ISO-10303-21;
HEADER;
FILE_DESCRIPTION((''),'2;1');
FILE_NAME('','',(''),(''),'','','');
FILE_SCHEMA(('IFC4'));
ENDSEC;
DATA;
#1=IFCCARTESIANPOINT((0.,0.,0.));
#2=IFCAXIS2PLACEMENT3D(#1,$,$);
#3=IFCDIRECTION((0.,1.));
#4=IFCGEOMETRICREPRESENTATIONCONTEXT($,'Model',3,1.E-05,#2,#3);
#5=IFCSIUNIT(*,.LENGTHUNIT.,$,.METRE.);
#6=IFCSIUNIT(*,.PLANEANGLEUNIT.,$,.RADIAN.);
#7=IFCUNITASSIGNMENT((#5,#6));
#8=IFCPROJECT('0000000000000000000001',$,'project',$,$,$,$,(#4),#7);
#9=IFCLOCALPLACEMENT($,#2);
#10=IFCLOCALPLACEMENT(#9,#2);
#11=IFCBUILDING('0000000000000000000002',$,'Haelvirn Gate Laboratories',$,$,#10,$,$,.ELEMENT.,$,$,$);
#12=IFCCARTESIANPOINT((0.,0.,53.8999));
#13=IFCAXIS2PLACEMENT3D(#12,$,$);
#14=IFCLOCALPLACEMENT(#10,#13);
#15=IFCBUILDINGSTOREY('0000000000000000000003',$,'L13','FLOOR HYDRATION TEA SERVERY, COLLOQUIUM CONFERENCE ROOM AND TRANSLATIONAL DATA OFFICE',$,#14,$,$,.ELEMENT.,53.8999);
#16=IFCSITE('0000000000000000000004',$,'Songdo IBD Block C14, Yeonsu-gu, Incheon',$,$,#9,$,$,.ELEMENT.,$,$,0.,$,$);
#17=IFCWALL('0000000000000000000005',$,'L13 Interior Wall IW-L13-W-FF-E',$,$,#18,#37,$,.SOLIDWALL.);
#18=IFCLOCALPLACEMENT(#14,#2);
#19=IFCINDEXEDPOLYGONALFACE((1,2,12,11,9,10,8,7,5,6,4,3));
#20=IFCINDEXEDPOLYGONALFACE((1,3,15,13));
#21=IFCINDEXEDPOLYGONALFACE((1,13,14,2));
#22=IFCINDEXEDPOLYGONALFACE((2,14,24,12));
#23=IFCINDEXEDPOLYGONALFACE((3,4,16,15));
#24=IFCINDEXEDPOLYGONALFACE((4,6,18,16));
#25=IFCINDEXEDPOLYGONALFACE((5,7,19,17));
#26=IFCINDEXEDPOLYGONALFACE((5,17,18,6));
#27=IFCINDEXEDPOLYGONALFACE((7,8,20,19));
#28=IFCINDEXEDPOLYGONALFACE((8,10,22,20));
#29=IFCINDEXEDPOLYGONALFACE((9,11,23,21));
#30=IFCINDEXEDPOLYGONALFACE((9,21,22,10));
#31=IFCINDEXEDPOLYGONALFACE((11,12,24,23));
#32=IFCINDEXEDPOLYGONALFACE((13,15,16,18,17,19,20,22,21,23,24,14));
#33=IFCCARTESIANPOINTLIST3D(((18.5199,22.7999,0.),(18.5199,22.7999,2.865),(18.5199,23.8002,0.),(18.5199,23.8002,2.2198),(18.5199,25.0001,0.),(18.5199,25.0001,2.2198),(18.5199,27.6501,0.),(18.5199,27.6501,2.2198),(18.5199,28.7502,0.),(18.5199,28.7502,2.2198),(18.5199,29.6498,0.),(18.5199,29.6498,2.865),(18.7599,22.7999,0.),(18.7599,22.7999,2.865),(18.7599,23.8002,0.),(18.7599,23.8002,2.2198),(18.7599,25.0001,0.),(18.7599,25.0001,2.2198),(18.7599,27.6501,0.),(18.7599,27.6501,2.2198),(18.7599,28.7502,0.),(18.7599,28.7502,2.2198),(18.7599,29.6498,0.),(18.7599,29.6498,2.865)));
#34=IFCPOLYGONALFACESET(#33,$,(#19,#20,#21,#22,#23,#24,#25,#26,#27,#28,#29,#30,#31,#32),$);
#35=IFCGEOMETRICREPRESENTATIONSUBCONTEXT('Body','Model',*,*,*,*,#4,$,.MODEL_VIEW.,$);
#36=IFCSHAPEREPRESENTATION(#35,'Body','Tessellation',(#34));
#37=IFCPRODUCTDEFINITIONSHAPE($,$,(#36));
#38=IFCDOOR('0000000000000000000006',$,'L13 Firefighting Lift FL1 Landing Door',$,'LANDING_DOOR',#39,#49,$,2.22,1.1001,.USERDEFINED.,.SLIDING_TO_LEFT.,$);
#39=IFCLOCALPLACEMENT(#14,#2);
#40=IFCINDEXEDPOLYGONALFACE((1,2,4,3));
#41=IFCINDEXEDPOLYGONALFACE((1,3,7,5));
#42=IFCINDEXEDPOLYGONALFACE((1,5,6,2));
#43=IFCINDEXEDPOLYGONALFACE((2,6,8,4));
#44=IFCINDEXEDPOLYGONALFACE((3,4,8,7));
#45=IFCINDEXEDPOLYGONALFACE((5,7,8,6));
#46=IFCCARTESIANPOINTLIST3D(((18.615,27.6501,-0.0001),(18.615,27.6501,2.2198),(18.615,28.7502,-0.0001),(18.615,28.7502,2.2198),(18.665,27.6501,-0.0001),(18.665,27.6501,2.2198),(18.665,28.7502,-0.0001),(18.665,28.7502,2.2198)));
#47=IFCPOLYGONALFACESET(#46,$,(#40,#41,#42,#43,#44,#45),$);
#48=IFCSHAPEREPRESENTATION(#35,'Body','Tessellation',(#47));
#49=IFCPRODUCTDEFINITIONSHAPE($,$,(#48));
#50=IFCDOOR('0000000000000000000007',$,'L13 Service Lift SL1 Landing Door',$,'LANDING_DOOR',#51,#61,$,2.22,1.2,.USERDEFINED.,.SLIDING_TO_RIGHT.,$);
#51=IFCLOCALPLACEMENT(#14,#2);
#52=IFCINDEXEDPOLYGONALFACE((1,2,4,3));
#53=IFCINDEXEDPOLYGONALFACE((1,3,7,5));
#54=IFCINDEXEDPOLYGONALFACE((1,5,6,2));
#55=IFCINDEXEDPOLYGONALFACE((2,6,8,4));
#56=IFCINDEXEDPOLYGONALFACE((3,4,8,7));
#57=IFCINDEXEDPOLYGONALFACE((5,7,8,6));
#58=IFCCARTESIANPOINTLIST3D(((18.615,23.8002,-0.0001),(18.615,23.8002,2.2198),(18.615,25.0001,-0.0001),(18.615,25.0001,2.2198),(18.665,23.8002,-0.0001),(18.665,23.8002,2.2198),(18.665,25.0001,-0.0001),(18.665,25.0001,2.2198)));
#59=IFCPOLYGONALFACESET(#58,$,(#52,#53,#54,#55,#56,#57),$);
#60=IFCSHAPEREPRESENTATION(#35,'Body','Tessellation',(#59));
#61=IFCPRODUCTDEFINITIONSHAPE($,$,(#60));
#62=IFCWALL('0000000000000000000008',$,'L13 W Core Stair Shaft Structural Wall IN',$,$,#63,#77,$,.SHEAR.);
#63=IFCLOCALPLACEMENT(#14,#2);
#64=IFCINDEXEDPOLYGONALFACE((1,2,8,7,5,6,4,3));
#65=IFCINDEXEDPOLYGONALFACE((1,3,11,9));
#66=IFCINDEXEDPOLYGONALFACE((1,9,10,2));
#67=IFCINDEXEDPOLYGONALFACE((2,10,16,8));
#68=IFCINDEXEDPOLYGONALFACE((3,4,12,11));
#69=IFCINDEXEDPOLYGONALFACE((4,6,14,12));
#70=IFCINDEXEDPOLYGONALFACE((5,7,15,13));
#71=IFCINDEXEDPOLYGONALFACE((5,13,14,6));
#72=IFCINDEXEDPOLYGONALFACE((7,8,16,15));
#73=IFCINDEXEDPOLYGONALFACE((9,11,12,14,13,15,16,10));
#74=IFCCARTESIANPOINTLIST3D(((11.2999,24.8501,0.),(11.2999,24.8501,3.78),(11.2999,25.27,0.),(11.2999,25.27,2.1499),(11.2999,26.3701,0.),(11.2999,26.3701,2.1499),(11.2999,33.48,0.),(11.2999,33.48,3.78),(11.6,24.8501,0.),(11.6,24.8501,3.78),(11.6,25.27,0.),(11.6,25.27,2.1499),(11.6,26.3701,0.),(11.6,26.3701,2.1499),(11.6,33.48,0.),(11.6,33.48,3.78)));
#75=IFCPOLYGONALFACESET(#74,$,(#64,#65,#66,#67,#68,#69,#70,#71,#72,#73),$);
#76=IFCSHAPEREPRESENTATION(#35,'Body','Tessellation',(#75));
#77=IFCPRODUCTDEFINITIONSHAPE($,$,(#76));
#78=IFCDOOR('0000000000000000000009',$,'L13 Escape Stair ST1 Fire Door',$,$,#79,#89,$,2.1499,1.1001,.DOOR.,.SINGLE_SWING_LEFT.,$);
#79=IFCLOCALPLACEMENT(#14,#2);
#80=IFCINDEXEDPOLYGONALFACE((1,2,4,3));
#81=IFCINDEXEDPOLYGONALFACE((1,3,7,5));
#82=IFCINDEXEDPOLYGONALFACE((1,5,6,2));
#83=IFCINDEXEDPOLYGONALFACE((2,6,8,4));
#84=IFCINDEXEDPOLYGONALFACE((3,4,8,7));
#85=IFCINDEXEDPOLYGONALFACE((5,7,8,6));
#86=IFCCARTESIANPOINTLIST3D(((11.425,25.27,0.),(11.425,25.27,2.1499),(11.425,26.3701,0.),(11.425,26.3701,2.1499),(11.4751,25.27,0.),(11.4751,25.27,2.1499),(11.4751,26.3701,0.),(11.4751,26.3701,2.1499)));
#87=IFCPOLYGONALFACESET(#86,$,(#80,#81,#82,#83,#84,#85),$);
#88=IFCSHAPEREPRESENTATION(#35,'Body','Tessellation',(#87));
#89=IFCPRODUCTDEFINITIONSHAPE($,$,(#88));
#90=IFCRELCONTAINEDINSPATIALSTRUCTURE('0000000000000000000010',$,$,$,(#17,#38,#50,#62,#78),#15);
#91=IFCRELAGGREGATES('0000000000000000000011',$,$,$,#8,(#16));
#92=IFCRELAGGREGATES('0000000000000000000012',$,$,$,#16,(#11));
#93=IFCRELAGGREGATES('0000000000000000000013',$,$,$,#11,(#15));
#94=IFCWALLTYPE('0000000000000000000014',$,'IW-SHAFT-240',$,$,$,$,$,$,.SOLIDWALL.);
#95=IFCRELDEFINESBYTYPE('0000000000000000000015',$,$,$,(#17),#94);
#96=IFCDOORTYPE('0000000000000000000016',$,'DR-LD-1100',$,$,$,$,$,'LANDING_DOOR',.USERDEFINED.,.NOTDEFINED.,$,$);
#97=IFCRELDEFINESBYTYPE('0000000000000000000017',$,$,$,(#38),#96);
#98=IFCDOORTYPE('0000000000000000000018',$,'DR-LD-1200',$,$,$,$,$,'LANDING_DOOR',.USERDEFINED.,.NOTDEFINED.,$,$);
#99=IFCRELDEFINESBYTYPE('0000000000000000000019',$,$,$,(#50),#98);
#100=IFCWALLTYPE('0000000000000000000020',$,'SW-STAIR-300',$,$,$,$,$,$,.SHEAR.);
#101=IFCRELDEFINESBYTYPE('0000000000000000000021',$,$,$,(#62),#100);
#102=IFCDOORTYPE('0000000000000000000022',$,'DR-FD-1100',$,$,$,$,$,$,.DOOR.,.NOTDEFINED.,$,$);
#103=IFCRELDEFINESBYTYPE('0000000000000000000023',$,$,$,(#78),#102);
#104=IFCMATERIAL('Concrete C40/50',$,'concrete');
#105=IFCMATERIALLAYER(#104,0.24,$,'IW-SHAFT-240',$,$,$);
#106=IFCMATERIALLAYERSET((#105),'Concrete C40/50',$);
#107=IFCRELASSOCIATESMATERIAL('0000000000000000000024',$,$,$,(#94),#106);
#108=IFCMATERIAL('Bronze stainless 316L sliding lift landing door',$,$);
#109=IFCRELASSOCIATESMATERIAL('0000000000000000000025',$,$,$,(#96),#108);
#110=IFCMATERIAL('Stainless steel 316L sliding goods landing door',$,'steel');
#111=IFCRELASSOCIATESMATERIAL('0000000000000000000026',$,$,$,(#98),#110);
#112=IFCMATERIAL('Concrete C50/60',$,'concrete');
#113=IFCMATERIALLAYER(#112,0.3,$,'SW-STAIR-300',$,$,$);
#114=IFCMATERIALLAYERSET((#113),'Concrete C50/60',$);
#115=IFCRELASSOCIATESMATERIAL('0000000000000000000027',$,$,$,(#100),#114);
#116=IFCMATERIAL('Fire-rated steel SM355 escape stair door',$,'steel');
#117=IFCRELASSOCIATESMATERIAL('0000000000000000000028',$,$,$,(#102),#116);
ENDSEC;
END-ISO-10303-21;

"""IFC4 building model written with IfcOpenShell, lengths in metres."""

from ifc_helpers import new_model, si_unit, direction, frame, frame_2d, origin, place, context, subcontext, project, spatial, rectangle, extrude, source, transform, mapped, material, layer, layer_set, type_object, type_shapes, element, fill, save


model = new_model("IFC4")

# Units and contexts
model_context = context("Model", 3, precision=1e-05, world=origin(), true_north=direction((0.0, 1.0)))
body_context = subcontext(model_context, "Body", "Model", "MODEL_VIEW")
ifc_project = project(units=[si_unit("LENGTHUNIT", "METRE"), si_unit("PLANEANGLEUNIT", "RADIAN")], contexts=[model_context])

# Site, building, storey
site_placement = place(None, origin())
site = spatial("IfcSite", under=ifc_project, at=site_placement, Name="Songdo IBD Block C14, Yeonsu-gu, Incheon", CompositionType="ELEMENT", RefElevation=0.0)
building_placement = place(site_placement, origin())
building = spatial("IfcBuilding", under=site, at=building_placement, Name="Haelvirn Gate Laboratories", CompositionType="ELEMENT")
storey_placement = place(building_placement, frame((0.0, 0.0, 53.8999)))
storey = spatial("IfcBuildingStorey", under=building, at=storey_placement, Name="L13", Description="FLOOR HYDRATION TEA SERVERY, COLLOQUIUM CONFERENCE ROOM AND TRANSLATIONAL DATA OFFICE", CompositionType="ELEMENT", Elevation=53.8999)

# Shared definitions
ifc_material_1 = material(Name="Concrete C40/50", Category="concrete")

# Shared definitions
ifc_layer_1 = layer(ifc_material_1, 0.24, Name="IW-SHAFT-240")
ifc_layer_set_1 = layer_set([ifc_layer_1], Name="Concrete C40/50")
wall_type_1 = type_object("IfcWallType", Name="IW-SHAFT-240", PredefinedType="SOLIDWALL", material=ifc_layer_set_1)

# Wall, openings, doors
wall_1_placement = place(storey_placement, frame((18.6399, 22.8, 0.0), z_axis=(0.0, 0.0, 1.0), x_axis=(0.0, 1.0, 0.0)))
wall_1 = element("IfcWall", 1, at=wall_1_placement, inside=storey, type_object=wall_type_1, Name="L13 Interior Wall IW-L13-W-FF-E", PredefinedType="SOLIDWALL", context=body_context, shape_type="SweptSolid", body=[
    extrude(rectangle(XDim=6.8499, YDim=0.24, at=frame_2d((3.4248, 0.0))), origin(), (0.0, 0.0, 1.0), 2.865),
])
opening_1_placement = place(wall_1_placement, frame((4.8501, 0.0, 0.0)))
opening_1 = element("IfcOpeningElement", 2, at=opening_1_placement, cuts=wall_1, PredefinedType="OPENING", context=body_context, shape_type="SweptSolid", body=[
    extrude(rectangle(XDim=1.1001, YDim=2.22, at=frame_2d((0.55, 1.1099))), frame((0.0, 0.1299, 0.0), z_axis=(0.0, -1.0, 0.0), x_axis=(1.0, 0.0, 0.0)), (0.0, 0.0, 1.0), 0.26),
])
opening_2_placement = place(wall_1_placement, frame((1.0, 0.0, 0.0)))
opening_2 = element("IfcOpeningElement", 3, at=opening_2_placement, cuts=wall_1, PredefinedType="OPENING", context=body_context, shape_type="SweptSolid", body=[
    extrude(rectangle(XDim=1.2, YDim=2.22, at=frame_2d((0.6001, 1.1099))), frame((0.0, 0.1299, 0.0), z_axis=(0.0, -1.0, 0.0), x_axis=(1.0, 0.0, 0.0)), (0.0, 0.0, 1.0), 0.26),
])
ifc_material_2 = material(Name="Bronze stainless 316L sliding lift landing door")
door_type_1 = type_object("IfcDoorType", Name="DR-LD-1100", ElementType="LANDING_DOOR", OperationType="NOTDEFINED", PredefinedType="USERDEFINED", material=ifc_material_2)
shared_shape_1 = source(origin(), body_context, "Body", "SweptSolid", [
    extrude(rectangle(XDim=1.1001, YDim=2.22, at=frame_2d((0.55, 1.1099))), frame((0.0, 0.0249, 0.0), z_axis=(0.0, -1.0, 0.0), x_axis=(1.0, 0.0, 0.0)), (0.0, 0.0, 1.0), 0.05),
])
type_shapes(door_type_1, [shared_shape_1])
door_1_placement = place(opening_1_placement, origin())
door_1 = element("IfcDoor", 4, at=door_1_placement, inside=storey, type_object=door_type_1, Name="L13 Firefighting Lift FL1 Landing Door", ObjectType="LANDING_DOOR", OperationType="SLIDING_TO_LEFT", OverallHeight=2.22, OverallWidth=1.1001, PredefinedType="USERDEFINED", context=body_context, shape_type="MappedRepresentation", body=[
    mapped(shared_shape_1, transform((0.0, 0.0, 0.0), scale=1.0)),
])
fill(opening_1, door_1)
ifc_material_3 = material(Name="Stainless steel 316L sliding goods landing door", Category="steel")
door_type_2 = type_object("IfcDoorType", Name="DR-LD-1200", ElementType="LANDING_DOOR", OperationType="NOTDEFINED", PredefinedType="USERDEFINED", material=ifc_material_3)
shared_shape_2 = source(origin(), body_context, "Body", "SweptSolid", [
    extrude(rectangle(XDim=1.2, YDim=2.22, at=frame_2d((0.6001, 1.1099))), frame((0.0, 0.0249, 0.0), z_axis=(0.0, -1.0, 0.0), x_axis=(1.0, 0.0, 0.0)), (0.0, 0.0, 1.0), 0.05),
])
type_shapes(door_type_2, [shared_shape_2])
door_2_placement = place(opening_2_placement, origin())
door_2 = element("IfcDoor", 5, at=door_2_placement, inside=storey, type_object=door_type_2, Name="L13 Service Lift SL1 Landing Door", ObjectType="LANDING_DOOR", OperationType="SLIDING_TO_RIGHT", OverallHeight=2.22, OverallWidth=1.2, PredefinedType="USERDEFINED", context=body_context, shape_type="MappedRepresentation", body=[
    mapped(shared_shape_2, transform((0.0, 0.0, 0.0), scale=1.0)),
])
fill(opening_2, door_2)

# Wall, opening, door
ifc_material_4 = material(Name="Concrete C50/60", Category="concrete")
ifc_layer_2 = layer(ifc_material_4, 0.3, Name="SW-STAIR-300")
ifc_layer_set_2 = layer_set([ifc_layer_2], Name="Concrete C50/60")
wall_type_2 = type_object("IfcWallType", Name="SW-STAIR-300", PredefinedType="SHEAR", material=ifc_layer_set_2)
wall_2_placement = place(storey_placement, frame((11.45, 24.8501, 0.0), z_axis=(0.0, 0.0, 1.0), x_axis=(0.0, 1.0, 0.0)))
wall_2 = element("IfcWall", 6, at=wall_2_placement, inside=storey, type_object=wall_type_2, Name="L13 W Core Stair Shaft Structural Wall IN", PredefinedType="SHEAR", context=body_context, shape_type="SweptSolid", body=[
    extrude(rectangle(XDim=8.6299, YDim=0.3, at=frame_2d((4.3149, 0.0))), origin(), (0.0, 0.0, 1.0), 3.78),
])
opening_3_placement = place(wall_2_placement, frame((0.4199, 0.0, 0.0)))
opening_3 = element("IfcOpeningElement", 7, at=opening_3_placement, cuts=wall_2, PredefinedType="OPENING", context=body_context, shape_type="SweptSolid", body=[
    extrude(rectangle(XDim=1.1001, YDim=2.1499, at=frame_2d((0.55, 1.075))), frame((0.0, 0.1602, 0.0), z_axis=(0.0, -1.0, 0.0), x_axis=(1.0, 0.0, 0.0)), (0.0, 0.0, 1.0), 0.3201),
])
ifc_material_5 = material(Name="Fire-rated steel SM355 escape stair door", Category="steel")
door_type_3 = type_object("IfcDoorType", Name="DR-FD-1100", OperationType="NOTDEFINED", PredefinedType="DOOR", material=ifc_material_5)
shared_shape_3 = source(origin(), body_context, "Body", "SweptSolid", [
    extrude(rectangle(XDim=1.1001, YDim=2.1499, at=frame_2d((0.55, 1.075))), frame((0.0, 0.0249, 0.0), z_axis=(0.0, -1.0, 0.0), x_axis=(1.0, 0.0, 0.0)), (0.0, 0.0, 1.0), 0.05),
])
type_shapes(door_type_3, [shared_shape_3])
door_3_placement = place(opening_3_placement, origin())
door_3 = element("IfcDoor", 8, at=door_3_placement, inside=storey, type_object=door_type_3, Name="L13 Escape Stair ST1 Fire Door", OperationType="SINGLE_SWING_LEFT", OverallHeight=2.1499, OverallWidth=1.1001, PredefinedType="DOOR", context=body_context, shape_type="MappedRepresentation", body=[
    mapped(shared_shape_3, transform((0.0, 0.0, 0.0), scale=1.0)),
])
fill(opening_3, door_3)

save(model, "model.ifc")
